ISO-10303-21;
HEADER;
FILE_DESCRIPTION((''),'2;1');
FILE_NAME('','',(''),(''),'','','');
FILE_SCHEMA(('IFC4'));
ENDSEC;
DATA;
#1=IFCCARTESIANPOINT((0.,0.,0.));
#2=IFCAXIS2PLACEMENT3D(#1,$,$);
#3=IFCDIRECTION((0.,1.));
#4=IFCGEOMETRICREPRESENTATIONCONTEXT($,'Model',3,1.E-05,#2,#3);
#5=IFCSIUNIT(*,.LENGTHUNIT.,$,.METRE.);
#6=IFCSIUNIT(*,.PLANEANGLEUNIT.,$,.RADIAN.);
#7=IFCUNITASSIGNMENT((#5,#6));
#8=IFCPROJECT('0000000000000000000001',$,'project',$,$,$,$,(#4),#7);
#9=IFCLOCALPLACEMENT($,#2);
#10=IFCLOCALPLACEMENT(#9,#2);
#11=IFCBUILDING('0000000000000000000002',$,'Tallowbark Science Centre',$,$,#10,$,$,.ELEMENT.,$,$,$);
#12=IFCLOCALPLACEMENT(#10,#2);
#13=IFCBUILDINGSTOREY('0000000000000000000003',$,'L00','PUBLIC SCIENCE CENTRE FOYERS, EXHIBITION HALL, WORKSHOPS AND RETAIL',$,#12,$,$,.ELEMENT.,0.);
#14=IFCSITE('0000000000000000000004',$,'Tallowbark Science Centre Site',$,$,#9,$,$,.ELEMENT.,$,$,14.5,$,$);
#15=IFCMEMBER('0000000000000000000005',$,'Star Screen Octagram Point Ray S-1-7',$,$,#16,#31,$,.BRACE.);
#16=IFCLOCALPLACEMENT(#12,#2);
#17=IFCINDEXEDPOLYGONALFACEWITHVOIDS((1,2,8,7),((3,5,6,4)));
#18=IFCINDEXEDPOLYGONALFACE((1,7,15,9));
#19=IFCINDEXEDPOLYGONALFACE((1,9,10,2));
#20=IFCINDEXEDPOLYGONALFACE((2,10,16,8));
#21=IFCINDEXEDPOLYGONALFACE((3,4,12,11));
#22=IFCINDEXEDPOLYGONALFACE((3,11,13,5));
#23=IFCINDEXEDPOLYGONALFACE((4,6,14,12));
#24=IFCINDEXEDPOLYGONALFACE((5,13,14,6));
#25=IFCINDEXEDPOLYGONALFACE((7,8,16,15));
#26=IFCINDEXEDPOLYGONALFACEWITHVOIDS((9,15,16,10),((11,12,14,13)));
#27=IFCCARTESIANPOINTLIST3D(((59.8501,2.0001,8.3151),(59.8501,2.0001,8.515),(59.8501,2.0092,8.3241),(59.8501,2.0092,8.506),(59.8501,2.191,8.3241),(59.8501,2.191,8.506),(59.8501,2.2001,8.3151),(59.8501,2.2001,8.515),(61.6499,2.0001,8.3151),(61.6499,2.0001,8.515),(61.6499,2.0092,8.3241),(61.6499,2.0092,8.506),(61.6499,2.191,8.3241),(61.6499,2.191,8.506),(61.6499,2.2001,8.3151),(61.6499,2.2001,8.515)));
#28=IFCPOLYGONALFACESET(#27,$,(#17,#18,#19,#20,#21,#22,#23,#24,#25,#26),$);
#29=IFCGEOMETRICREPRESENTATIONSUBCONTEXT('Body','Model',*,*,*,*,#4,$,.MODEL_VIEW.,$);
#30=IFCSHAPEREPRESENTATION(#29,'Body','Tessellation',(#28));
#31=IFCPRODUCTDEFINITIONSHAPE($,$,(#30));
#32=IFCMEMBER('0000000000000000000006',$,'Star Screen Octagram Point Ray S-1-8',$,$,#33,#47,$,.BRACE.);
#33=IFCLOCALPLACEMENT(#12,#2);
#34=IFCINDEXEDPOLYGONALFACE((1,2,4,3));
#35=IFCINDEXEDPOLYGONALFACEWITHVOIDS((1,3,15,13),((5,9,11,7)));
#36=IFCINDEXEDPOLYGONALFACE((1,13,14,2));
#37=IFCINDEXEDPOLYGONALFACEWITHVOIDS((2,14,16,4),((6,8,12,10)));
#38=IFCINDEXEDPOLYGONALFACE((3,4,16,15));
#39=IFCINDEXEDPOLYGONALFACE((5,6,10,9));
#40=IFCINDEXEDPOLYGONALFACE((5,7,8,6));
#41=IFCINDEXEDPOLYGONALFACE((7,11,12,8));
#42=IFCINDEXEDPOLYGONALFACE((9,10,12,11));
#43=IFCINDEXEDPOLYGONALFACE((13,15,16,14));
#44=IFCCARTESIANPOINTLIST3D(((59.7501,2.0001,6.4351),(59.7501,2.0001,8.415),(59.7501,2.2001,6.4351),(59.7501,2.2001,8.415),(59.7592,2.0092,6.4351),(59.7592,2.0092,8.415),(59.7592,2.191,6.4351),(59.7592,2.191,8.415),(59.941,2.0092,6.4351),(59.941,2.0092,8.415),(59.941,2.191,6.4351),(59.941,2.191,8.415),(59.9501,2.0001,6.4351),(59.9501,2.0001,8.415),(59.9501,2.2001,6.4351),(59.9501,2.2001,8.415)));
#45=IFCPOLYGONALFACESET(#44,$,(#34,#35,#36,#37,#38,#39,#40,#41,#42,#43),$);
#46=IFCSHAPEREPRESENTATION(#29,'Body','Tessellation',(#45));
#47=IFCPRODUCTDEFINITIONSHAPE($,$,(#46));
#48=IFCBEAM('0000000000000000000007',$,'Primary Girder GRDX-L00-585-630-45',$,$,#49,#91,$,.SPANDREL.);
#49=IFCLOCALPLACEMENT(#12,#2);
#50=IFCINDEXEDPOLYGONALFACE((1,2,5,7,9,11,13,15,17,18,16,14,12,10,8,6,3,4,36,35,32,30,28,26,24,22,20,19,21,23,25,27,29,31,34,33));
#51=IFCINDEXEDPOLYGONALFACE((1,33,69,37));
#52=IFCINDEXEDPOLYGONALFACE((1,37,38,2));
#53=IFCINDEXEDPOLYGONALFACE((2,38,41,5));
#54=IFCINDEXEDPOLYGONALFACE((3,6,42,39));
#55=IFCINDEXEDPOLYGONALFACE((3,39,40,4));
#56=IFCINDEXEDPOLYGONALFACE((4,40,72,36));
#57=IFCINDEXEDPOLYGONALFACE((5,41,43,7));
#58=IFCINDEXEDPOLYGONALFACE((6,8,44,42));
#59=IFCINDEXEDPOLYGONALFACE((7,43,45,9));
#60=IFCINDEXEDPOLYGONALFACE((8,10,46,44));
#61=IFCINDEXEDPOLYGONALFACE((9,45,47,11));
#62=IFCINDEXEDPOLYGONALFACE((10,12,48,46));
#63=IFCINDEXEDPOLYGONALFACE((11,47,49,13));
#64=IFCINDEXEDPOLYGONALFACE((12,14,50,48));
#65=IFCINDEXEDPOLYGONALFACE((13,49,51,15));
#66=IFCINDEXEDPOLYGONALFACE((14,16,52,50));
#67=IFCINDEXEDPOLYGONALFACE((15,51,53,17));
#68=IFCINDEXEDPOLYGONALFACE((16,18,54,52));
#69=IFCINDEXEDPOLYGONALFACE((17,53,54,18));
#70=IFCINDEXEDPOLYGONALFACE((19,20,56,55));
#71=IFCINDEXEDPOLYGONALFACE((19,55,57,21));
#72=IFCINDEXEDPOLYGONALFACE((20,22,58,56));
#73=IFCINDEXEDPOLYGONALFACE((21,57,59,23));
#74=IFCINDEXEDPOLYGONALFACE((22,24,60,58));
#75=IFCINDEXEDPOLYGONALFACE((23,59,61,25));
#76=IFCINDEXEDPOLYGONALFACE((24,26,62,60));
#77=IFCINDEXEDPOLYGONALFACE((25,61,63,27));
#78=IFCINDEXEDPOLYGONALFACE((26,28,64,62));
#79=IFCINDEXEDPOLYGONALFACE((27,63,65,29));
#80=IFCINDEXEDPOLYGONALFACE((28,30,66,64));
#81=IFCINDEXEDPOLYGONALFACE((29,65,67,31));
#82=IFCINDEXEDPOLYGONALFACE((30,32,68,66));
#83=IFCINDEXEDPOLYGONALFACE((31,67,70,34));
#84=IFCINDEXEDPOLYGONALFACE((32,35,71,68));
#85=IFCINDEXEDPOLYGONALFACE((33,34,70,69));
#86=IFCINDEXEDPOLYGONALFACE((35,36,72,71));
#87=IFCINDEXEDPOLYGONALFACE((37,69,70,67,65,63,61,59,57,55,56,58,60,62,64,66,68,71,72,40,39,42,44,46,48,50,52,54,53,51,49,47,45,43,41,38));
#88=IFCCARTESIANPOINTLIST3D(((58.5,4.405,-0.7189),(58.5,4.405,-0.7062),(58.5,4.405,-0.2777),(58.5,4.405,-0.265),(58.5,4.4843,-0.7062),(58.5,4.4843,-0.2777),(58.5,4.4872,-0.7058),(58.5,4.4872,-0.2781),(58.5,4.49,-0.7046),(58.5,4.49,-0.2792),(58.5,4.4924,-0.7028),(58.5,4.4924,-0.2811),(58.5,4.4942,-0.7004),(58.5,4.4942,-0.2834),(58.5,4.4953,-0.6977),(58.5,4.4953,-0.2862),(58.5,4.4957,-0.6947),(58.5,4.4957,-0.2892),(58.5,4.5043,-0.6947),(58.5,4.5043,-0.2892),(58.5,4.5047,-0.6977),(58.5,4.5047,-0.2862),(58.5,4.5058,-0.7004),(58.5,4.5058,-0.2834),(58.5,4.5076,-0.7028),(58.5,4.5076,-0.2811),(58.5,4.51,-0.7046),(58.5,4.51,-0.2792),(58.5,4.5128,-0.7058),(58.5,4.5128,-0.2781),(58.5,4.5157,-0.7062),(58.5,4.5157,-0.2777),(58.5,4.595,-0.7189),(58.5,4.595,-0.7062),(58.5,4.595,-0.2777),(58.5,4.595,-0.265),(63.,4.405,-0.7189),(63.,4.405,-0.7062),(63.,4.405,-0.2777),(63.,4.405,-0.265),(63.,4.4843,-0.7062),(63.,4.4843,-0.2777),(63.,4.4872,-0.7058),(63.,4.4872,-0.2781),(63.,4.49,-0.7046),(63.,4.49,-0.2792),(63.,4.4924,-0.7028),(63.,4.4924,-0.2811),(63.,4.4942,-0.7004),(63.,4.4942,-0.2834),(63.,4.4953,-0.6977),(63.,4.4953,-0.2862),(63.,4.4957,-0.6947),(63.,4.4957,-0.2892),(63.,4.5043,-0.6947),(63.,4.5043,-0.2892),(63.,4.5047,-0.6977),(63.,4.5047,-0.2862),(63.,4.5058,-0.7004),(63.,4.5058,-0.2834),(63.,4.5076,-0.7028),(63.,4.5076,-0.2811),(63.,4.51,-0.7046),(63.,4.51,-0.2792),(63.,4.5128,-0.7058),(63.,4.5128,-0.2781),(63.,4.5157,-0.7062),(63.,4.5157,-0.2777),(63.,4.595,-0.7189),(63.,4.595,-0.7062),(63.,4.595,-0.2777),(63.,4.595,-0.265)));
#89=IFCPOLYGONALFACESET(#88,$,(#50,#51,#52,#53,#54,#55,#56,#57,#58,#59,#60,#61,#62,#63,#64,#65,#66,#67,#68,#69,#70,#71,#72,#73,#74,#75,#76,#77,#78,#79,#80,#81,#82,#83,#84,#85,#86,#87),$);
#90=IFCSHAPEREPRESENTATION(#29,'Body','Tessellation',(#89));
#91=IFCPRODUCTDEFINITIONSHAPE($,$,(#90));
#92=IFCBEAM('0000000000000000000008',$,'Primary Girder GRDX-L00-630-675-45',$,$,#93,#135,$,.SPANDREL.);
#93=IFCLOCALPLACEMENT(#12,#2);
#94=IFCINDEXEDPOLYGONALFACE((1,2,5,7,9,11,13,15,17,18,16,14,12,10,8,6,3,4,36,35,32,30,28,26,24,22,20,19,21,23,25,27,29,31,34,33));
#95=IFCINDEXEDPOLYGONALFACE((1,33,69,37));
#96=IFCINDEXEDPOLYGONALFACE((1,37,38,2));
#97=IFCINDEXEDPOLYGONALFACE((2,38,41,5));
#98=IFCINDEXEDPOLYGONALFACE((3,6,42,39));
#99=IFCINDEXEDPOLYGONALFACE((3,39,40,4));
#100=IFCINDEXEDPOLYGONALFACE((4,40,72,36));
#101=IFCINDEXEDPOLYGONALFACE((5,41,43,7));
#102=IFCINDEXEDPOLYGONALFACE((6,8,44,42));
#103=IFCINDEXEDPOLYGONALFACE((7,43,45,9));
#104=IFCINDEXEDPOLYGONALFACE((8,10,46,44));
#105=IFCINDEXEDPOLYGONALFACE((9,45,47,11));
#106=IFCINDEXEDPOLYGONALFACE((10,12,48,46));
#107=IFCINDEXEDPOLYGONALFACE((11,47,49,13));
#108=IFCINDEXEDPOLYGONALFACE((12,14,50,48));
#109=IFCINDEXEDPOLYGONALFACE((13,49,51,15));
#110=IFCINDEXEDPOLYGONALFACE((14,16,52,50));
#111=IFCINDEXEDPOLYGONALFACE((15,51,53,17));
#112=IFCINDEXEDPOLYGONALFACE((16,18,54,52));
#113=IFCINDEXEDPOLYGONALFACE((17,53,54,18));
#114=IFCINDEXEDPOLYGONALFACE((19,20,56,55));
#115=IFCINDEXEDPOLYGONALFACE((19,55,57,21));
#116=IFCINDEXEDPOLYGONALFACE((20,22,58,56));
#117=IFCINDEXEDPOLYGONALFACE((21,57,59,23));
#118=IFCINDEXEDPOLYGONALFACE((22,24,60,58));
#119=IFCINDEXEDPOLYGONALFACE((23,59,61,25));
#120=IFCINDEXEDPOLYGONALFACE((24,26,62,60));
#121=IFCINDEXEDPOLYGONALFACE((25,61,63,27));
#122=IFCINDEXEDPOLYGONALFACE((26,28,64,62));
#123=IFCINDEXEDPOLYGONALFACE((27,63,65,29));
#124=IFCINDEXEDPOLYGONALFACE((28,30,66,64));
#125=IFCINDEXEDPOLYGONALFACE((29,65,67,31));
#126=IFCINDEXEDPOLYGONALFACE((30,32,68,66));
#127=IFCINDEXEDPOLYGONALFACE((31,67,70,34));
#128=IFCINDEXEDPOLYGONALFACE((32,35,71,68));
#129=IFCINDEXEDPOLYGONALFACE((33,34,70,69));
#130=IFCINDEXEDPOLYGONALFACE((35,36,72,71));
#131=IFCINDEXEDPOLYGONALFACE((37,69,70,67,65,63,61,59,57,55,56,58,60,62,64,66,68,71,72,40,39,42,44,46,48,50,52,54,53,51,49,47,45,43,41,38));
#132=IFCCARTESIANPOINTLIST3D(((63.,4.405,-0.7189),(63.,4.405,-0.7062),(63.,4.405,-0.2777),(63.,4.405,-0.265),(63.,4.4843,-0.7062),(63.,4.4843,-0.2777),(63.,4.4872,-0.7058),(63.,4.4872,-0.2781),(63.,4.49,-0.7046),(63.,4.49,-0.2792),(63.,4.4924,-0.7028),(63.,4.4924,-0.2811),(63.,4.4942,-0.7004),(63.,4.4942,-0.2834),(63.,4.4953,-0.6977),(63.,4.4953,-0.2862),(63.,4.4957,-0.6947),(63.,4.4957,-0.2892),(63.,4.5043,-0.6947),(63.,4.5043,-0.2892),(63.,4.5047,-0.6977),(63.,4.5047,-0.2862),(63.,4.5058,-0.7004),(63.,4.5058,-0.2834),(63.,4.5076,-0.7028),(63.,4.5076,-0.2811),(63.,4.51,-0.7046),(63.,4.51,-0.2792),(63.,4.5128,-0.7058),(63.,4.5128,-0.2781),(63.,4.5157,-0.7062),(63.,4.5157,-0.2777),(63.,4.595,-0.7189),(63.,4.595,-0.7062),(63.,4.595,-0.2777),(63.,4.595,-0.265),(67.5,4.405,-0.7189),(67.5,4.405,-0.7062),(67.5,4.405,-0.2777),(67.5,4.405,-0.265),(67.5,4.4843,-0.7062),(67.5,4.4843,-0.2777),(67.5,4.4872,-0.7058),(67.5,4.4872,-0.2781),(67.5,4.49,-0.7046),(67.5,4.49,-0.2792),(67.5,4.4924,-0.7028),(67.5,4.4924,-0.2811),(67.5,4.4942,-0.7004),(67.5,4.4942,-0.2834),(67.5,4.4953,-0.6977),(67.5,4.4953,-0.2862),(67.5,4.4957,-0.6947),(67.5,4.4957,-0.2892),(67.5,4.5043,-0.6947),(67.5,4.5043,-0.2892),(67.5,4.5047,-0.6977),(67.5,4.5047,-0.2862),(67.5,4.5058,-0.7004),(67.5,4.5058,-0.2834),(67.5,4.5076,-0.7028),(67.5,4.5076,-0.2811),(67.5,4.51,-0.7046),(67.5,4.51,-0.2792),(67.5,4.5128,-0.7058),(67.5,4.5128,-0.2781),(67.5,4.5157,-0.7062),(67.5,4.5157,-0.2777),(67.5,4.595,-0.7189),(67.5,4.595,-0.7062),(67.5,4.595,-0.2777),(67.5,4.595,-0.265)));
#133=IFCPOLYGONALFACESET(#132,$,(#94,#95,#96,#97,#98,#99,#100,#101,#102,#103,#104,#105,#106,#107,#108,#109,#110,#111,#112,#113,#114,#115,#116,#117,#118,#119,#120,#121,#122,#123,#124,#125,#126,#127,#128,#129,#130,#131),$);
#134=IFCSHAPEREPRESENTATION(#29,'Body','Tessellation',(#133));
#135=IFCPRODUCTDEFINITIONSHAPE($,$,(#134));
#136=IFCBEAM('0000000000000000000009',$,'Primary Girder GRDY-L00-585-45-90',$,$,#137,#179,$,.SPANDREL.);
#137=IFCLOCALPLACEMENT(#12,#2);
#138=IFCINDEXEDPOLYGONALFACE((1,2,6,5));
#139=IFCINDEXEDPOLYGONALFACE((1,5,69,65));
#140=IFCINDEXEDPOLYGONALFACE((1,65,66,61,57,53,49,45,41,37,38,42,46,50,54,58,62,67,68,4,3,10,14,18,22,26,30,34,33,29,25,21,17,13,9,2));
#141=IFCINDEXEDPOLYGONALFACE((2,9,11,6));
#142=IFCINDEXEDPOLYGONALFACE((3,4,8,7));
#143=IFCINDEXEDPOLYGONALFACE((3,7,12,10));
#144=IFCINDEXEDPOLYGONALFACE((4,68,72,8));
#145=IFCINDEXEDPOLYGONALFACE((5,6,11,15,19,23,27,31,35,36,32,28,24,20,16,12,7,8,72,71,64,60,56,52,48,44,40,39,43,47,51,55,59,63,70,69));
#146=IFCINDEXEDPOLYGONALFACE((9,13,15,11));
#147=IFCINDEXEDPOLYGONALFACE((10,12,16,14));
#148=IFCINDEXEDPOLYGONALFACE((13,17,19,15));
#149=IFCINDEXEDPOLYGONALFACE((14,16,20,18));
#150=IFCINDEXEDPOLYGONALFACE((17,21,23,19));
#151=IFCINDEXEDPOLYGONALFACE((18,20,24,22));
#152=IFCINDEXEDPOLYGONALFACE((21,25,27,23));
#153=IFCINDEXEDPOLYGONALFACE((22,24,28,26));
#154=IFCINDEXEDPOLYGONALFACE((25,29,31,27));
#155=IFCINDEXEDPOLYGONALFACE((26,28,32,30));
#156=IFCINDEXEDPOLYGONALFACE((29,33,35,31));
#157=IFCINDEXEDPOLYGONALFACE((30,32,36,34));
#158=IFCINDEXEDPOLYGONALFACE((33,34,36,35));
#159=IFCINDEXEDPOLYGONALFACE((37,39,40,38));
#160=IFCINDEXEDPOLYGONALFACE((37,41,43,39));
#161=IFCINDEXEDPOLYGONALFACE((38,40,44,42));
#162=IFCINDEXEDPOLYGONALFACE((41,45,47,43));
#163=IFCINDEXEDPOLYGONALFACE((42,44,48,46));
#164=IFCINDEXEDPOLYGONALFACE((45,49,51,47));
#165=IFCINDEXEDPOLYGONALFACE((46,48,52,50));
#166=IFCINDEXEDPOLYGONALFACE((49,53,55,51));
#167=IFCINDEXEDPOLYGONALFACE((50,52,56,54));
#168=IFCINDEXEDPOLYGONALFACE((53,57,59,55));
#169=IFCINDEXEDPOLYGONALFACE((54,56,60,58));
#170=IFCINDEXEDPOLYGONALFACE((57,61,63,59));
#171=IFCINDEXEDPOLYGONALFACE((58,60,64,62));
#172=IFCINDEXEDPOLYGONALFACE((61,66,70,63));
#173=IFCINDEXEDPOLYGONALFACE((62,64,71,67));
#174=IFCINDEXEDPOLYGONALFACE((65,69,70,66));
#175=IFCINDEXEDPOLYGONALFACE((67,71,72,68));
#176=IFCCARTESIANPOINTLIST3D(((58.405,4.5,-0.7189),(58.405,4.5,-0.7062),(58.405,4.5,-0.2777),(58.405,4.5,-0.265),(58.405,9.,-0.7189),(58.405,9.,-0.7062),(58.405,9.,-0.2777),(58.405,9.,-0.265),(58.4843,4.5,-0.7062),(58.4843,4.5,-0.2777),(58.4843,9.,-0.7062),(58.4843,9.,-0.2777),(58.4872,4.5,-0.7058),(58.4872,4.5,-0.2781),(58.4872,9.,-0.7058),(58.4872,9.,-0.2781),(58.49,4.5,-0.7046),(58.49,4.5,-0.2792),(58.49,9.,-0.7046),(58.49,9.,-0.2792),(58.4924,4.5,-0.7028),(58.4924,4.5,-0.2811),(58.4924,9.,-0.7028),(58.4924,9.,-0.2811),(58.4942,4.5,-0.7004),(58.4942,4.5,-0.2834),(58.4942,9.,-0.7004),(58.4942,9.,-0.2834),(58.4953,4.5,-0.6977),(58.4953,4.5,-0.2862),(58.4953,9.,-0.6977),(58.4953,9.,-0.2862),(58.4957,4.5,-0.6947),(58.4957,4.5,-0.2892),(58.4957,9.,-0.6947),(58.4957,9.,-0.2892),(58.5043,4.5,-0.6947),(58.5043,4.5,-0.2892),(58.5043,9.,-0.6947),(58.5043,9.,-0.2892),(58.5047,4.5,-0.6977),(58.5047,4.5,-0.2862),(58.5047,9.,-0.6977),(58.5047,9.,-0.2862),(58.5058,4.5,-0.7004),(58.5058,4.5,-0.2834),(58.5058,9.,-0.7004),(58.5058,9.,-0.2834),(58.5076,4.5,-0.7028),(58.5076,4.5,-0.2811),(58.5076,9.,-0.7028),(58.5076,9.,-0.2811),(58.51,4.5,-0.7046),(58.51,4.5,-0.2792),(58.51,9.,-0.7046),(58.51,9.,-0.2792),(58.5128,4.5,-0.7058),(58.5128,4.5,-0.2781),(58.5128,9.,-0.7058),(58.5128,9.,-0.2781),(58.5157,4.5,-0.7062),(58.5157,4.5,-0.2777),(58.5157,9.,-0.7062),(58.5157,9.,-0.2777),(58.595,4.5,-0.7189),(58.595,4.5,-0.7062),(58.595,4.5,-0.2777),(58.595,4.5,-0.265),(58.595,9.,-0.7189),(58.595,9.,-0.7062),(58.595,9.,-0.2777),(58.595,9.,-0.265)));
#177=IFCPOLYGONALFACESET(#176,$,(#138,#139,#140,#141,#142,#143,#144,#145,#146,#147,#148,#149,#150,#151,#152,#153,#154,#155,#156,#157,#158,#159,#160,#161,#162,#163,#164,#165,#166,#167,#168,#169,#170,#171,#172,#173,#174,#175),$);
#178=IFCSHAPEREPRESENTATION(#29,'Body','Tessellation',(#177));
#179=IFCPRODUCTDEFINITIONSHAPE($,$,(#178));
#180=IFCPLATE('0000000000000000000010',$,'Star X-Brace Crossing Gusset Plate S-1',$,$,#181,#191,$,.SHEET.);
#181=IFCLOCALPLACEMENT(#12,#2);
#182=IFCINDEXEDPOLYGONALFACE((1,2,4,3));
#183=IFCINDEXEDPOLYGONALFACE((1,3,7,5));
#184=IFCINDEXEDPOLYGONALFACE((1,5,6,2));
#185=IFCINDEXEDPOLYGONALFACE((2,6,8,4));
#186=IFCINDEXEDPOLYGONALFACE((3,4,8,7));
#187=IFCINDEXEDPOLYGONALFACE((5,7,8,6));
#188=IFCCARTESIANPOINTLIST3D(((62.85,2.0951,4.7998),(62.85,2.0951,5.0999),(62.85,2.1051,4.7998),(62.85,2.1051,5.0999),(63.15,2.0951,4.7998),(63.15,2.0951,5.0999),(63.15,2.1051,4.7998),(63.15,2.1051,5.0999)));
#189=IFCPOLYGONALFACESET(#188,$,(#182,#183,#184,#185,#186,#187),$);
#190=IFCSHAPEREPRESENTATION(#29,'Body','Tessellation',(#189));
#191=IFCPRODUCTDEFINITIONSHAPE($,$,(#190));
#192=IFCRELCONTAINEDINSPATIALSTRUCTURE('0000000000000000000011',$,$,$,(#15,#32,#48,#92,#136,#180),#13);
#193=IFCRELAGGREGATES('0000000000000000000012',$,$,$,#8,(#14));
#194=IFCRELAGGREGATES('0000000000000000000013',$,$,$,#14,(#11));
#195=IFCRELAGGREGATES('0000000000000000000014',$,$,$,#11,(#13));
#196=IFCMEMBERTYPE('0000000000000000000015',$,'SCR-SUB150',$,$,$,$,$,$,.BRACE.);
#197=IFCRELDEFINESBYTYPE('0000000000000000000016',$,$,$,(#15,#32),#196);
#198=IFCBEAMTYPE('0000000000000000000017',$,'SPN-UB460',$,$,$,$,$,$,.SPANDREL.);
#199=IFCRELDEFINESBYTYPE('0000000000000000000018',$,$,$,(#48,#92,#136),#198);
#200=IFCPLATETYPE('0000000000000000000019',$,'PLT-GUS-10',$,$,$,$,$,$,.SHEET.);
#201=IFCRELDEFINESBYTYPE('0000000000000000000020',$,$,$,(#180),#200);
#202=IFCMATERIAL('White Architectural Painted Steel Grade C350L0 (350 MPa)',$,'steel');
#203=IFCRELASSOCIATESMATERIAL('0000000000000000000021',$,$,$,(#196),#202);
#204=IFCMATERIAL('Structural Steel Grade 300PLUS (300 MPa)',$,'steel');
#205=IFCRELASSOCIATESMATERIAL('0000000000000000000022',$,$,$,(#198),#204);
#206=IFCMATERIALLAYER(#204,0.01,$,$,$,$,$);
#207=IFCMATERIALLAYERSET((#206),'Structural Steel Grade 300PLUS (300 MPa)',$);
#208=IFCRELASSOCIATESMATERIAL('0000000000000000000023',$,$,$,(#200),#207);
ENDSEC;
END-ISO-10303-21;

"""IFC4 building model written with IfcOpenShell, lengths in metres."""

from ifc_helpers import new_model, si_unit, direction, frame, origin, origin_2d, place, context, subcontext, project, spatial, rectangle, hollow_rectangle, i_section, extrude, material, layer, layer_set, material_profile, profile_set, type_object, element, save


model = new_model("IFC4")

# Units and contexts
model_context = context("Model", 3, precision=1e-05, world=origin(), true_north=direction((0.0, 1.0)))
body_context = subcontext(model_context, "Body", "Model", "MODEL_VIEW")
ifc_project = project(units=[si_unit("LENGTHUNIT", "METRE"), si_unit("PLANEANGLEUNIT", "RADIAN")], contexts=[model_context])

# Site, building, storey
site_placement = place(None, origin())
site = spatial("IfcSite", under=ifc_project, at=site_placement, Name="Tallowbark Science Centre Site", CompositionType="ELEMENT", RefElevation=14.5)
building_placement = place(site_placement, origin())
building = spatial("IfcBuilding", under=site, at=building_placement, Name="Tallowbark Science Centre", CompositionType="ELEMENT")
storey_placement = place(building_placement, origin())
storey = spatial("IfcBuildingStorey", under=building, at=storey_placement, Name="L00", Description="PUBLIC SCIENCE CENTRE FOYERS, EXHIBITION HALL, WORKSHOPS AND RETAIL", CompositionType="ELEMENT", Elevation=0.0)

# Shared definitions
ifc_material_1 = material(Name="White Architectural Painted Steel Grade C350L0 (350 MPa)", Category="steel")
ifc_material_2 = material(Name="Structural Steel Grade 300PLUS (300 MPa)", Category="steel")

# Members
ifc_material_profile_1 = material_profile(ifc_material_1, hollow_rectangle(XDim=0.2, YDim=0.2, WallThickness=0.009, at=origin_2d()), Name="200x200x9.0SHS")
ifc_profile_set_1 = profile_set([ifc_material_profile_1], Name="White Architectural Painted Steel Grade C350L0 (350 MPa)")
member_type_1 = type_object("IfcMemberType", Name="SCR-SUB150", PredefinedType="BRACE", material=ifc_profile_set_1)
member_1_placement = place(storey_placement, frame((59.8501, 2.1001, 8.415), z_axis=(1.0, 0.0, 0.0), x_axis=(0.0, 1.0, 0.0)))
element("IfcMember", 1, at=member_1_placement, inside=storey, type_object=member_type_1, Name="Star Screen Octagram Point Ray S-1-7", PredefinedType="BRACE", context=body_context, shape_type="SweptSolid", body=[
    extrude(hollow_rectangle(XDim=0.2, YDim=0.2, WallThickness=0.009, at=origin_2d()), origin(), (0.0, 0.0, 1.0), 1.7998),
])
member_2_placement = place(storey_placement, frame((59.8501, 2.1001, 8.415), z_axis=(0.0, 0.0, -1.0), x_axis=(1.0, 0.0, 0.0)))
element("IfcMember", 2, at=member_2_placement, inside=storey, type_object=member_type_1, Name="Star Screen Octagram Point Ray S-1-8", PredefinedType="BRACE", context=body_context, shape_type="SweptSolid", body=[
    extrude(hollow_rectangle(XDim=0.2, YDim=0.2, WallThickness=0.009, at=origin_2d()), origin(), (0.0, 0.0, 1.0), 1.98),
])

# Beams
ifc_material_profile_2 = material_profile(ifc_material_2, i_section(OverallWidth=0.1899, OverallDepth=0.4539, WebThickness=0.0085, FlangeThickness=0.0127, FilletRadius=0.0115, at=origin_2d()), Name="460UB67.1")
ifc_profile_set_2 = profile_set([ifc_material_profile_2], Name="Structural Steel Grade 300PLUS (300 MPa)")
beam_type = type_object("IfcBeamType", Name="SPN-UB460", PredefinedType="SPANDREL", material=ifc_profile_set_2)
for number, where, z_axis, x_axis, name in (
    (3, (58.5, 4.5, -0.4919), (1.0, 0.0, 0.0), (0.0, 1.0, 0.0), "Primary Girder GRDX-L00-585-630-45"),
    (4, (63.0, 4.5, -0.4919), (1.0, 0.0, 0.0), (0.0, 1.0, 0.0), "Primary Girder GRDX-L00-630-675-45"),
    (5, (58.5, 4.5, -0.4919), (0.0, 1.0, 0.0), (-1.0, 0.0, 0.0), "Primary Girder GRDY-L00-585-45-90"),
):
    element("IfcBeam", number, at=place(storey_placement, frame(where, z_axis=z_axis, x_axis=x_axis)), inside=storey, type_object=beam_type, Name=name, PredefinedType="SPANDREL", context=body_context, shape_type="SweptSolid", body=[
        extrude(i_section(OverallWidth=0.1899, OverallDepth=0.4539, WebThickness=0.0085, FlangeThickness=0.0127, FilletRadius=0.0115, at=origin_2d()), origin(), (0.0, 0.0, 1.0), 4.5),
    ])

# Plate
ifc_layer_1 = layer(ifc_material_2, 0.01)
ifc_layer_set_1 = layer_set([ifc_layer_1], Name="Structural Steel Grade 300PLUS (300 MPa)")
plate_type_1 = type_object("IfcPlateType", Name="PLT-GUS-10", PredefinedType="SHEET", material=ifc_layer_set_1)
plate_1_placement = place(storey_placement, frame((63.0, 2.1001, 4.7998), z_axis=(0.0, 0.0, 1.0), x_axis=(1.0, 0.0, 0.0)))
element("IfcPlate", 6, at=plate_1_placement, inside=storey, type_object=plate_type_1, Name="Star X-Brace Crossing Gusset Plate S-1", PredefinedType="SHEET", context=body_context, shape_type="SweptSolid", body=[
    extrude(rectangle(XDim=0.3, YDim=0.01, at=origin_2d()), origin(), (0.0, 0.0, 1.0), 0.3),
])

save(model, "model.ifc")
